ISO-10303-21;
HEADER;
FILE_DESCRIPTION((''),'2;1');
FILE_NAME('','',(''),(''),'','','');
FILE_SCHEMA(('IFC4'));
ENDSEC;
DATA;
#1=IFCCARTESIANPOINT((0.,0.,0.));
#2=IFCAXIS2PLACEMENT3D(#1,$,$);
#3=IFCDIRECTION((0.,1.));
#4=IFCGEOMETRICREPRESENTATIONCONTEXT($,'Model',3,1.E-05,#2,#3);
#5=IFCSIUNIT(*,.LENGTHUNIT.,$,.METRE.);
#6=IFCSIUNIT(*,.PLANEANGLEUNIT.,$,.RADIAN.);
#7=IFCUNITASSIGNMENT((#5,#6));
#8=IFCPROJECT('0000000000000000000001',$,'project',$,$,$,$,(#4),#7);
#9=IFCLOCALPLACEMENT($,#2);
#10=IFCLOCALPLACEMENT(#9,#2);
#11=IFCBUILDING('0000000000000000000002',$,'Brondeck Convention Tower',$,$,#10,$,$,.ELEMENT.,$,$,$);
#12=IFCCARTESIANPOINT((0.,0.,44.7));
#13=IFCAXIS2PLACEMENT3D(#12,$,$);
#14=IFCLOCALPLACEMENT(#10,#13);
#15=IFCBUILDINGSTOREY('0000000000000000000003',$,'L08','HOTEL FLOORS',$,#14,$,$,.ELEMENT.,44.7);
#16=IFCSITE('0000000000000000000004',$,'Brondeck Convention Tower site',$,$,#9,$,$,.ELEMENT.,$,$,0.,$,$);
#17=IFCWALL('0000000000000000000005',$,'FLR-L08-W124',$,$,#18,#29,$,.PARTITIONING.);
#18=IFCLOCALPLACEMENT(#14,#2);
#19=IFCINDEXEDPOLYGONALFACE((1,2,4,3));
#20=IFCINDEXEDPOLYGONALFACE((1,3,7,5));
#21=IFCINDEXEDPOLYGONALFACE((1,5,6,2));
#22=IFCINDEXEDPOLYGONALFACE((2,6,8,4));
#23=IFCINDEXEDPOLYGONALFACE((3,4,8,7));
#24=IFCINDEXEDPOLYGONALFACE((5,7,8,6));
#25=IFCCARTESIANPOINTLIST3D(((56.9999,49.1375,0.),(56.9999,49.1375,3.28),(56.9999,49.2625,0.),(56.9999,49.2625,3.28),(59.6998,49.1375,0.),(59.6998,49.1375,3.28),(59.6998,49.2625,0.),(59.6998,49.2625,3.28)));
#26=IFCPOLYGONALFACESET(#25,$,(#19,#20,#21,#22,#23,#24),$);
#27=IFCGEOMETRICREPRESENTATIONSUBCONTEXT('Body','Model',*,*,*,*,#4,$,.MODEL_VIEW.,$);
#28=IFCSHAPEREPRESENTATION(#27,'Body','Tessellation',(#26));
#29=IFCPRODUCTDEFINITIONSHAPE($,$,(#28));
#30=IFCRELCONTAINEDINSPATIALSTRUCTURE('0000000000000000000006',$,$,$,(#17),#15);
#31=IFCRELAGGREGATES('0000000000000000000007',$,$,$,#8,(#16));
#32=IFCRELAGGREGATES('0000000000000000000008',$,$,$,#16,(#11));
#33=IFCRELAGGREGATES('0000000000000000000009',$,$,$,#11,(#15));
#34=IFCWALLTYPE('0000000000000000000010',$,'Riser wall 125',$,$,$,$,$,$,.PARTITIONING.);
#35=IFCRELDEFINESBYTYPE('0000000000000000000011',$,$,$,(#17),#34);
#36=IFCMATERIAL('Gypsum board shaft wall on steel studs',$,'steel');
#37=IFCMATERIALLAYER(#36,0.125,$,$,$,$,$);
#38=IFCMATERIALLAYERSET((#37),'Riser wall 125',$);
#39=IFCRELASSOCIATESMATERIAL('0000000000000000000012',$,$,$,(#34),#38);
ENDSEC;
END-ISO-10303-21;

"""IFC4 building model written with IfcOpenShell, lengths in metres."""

from ifc_helpers import new_model, si_unit, direction, frame, frame_2d, origin, place, context, subcontext, project, spatial, rectangle, extrude, material, layer, layer_set, type_object, element, save


model = new_model("IFC4")

# Units and contexts
model_context = context("Model", 3, precision=1e-05, world=origin(), true_north=direction((0.0, 1.0)))
body_context = subcontext(model_context, "Body", "Model", "MODEL_VIEW")
ifc_project = project(units=[si_unit("LENGTHUNIT", "METRE"), si_unit("PLANEANGLEUNIT", "RADIAN")], contexts=[model_context])

# Site, building, storey
site_placement = place(None, origin())
site = spatial("IfcSite", under=ifc_project, at=site_placement, Name="Brondeck Convention Tower site", CompositionType="ELEMENT", RefElevation=0.0)
building_placement = place(site_placement, origin())
building = spatial("IfcBuilding", under=site, at=building_placement, Name="Brondeck Convention Tower", CompositionType="ELEMENT")
storey_placement = place(building_placement, frame((0.0, 0.0, 44.7)))
storey = spatial("IfcBuildingStorey", under=building, at=storey_placement, Name="L08", Description="HOTEL FLOORS", CompositionType="ELEMENT", Elevation=44.7)

# Shared definitions
ifc_material_1 = material(Name="Gypsum board shaft wall on steel studs", Category="steel")
ifc_layer_1 = layer(ifc_material_1, 0.125)
ifc_layer_set_1 = layer_set([ifc_layer_1], Name="Riser wall 125")
wall_type_1 = type_object("IfcWallType", Name="Riser wall 125", PredefinedType="PARTITIONING", material=ifc_layer_set_1)

# Wall
wall_1_placement = place(storey_placement, frame((59.7, 49.2, 0.0), z_axis=(0.0, 0.0, 1.0), x_axis=(-1.0, 0.0, 0.0)))
element("IfcWall", 1, at=wall_1_placement, inside=storey, type_object=wall_type_1, Name="FLR-L08-W124", PredefinedType="PARTITIONING", context=body_context, shape_type="SweptSolid", body=[
    extrude(rectangle(XDim=2.7, YDim=0.125, at=frame_2d((1.3501, 0.0))), origin(), (0.0, 0.0, 1.0), 3.28),
])

save(model, "model.ifc")
